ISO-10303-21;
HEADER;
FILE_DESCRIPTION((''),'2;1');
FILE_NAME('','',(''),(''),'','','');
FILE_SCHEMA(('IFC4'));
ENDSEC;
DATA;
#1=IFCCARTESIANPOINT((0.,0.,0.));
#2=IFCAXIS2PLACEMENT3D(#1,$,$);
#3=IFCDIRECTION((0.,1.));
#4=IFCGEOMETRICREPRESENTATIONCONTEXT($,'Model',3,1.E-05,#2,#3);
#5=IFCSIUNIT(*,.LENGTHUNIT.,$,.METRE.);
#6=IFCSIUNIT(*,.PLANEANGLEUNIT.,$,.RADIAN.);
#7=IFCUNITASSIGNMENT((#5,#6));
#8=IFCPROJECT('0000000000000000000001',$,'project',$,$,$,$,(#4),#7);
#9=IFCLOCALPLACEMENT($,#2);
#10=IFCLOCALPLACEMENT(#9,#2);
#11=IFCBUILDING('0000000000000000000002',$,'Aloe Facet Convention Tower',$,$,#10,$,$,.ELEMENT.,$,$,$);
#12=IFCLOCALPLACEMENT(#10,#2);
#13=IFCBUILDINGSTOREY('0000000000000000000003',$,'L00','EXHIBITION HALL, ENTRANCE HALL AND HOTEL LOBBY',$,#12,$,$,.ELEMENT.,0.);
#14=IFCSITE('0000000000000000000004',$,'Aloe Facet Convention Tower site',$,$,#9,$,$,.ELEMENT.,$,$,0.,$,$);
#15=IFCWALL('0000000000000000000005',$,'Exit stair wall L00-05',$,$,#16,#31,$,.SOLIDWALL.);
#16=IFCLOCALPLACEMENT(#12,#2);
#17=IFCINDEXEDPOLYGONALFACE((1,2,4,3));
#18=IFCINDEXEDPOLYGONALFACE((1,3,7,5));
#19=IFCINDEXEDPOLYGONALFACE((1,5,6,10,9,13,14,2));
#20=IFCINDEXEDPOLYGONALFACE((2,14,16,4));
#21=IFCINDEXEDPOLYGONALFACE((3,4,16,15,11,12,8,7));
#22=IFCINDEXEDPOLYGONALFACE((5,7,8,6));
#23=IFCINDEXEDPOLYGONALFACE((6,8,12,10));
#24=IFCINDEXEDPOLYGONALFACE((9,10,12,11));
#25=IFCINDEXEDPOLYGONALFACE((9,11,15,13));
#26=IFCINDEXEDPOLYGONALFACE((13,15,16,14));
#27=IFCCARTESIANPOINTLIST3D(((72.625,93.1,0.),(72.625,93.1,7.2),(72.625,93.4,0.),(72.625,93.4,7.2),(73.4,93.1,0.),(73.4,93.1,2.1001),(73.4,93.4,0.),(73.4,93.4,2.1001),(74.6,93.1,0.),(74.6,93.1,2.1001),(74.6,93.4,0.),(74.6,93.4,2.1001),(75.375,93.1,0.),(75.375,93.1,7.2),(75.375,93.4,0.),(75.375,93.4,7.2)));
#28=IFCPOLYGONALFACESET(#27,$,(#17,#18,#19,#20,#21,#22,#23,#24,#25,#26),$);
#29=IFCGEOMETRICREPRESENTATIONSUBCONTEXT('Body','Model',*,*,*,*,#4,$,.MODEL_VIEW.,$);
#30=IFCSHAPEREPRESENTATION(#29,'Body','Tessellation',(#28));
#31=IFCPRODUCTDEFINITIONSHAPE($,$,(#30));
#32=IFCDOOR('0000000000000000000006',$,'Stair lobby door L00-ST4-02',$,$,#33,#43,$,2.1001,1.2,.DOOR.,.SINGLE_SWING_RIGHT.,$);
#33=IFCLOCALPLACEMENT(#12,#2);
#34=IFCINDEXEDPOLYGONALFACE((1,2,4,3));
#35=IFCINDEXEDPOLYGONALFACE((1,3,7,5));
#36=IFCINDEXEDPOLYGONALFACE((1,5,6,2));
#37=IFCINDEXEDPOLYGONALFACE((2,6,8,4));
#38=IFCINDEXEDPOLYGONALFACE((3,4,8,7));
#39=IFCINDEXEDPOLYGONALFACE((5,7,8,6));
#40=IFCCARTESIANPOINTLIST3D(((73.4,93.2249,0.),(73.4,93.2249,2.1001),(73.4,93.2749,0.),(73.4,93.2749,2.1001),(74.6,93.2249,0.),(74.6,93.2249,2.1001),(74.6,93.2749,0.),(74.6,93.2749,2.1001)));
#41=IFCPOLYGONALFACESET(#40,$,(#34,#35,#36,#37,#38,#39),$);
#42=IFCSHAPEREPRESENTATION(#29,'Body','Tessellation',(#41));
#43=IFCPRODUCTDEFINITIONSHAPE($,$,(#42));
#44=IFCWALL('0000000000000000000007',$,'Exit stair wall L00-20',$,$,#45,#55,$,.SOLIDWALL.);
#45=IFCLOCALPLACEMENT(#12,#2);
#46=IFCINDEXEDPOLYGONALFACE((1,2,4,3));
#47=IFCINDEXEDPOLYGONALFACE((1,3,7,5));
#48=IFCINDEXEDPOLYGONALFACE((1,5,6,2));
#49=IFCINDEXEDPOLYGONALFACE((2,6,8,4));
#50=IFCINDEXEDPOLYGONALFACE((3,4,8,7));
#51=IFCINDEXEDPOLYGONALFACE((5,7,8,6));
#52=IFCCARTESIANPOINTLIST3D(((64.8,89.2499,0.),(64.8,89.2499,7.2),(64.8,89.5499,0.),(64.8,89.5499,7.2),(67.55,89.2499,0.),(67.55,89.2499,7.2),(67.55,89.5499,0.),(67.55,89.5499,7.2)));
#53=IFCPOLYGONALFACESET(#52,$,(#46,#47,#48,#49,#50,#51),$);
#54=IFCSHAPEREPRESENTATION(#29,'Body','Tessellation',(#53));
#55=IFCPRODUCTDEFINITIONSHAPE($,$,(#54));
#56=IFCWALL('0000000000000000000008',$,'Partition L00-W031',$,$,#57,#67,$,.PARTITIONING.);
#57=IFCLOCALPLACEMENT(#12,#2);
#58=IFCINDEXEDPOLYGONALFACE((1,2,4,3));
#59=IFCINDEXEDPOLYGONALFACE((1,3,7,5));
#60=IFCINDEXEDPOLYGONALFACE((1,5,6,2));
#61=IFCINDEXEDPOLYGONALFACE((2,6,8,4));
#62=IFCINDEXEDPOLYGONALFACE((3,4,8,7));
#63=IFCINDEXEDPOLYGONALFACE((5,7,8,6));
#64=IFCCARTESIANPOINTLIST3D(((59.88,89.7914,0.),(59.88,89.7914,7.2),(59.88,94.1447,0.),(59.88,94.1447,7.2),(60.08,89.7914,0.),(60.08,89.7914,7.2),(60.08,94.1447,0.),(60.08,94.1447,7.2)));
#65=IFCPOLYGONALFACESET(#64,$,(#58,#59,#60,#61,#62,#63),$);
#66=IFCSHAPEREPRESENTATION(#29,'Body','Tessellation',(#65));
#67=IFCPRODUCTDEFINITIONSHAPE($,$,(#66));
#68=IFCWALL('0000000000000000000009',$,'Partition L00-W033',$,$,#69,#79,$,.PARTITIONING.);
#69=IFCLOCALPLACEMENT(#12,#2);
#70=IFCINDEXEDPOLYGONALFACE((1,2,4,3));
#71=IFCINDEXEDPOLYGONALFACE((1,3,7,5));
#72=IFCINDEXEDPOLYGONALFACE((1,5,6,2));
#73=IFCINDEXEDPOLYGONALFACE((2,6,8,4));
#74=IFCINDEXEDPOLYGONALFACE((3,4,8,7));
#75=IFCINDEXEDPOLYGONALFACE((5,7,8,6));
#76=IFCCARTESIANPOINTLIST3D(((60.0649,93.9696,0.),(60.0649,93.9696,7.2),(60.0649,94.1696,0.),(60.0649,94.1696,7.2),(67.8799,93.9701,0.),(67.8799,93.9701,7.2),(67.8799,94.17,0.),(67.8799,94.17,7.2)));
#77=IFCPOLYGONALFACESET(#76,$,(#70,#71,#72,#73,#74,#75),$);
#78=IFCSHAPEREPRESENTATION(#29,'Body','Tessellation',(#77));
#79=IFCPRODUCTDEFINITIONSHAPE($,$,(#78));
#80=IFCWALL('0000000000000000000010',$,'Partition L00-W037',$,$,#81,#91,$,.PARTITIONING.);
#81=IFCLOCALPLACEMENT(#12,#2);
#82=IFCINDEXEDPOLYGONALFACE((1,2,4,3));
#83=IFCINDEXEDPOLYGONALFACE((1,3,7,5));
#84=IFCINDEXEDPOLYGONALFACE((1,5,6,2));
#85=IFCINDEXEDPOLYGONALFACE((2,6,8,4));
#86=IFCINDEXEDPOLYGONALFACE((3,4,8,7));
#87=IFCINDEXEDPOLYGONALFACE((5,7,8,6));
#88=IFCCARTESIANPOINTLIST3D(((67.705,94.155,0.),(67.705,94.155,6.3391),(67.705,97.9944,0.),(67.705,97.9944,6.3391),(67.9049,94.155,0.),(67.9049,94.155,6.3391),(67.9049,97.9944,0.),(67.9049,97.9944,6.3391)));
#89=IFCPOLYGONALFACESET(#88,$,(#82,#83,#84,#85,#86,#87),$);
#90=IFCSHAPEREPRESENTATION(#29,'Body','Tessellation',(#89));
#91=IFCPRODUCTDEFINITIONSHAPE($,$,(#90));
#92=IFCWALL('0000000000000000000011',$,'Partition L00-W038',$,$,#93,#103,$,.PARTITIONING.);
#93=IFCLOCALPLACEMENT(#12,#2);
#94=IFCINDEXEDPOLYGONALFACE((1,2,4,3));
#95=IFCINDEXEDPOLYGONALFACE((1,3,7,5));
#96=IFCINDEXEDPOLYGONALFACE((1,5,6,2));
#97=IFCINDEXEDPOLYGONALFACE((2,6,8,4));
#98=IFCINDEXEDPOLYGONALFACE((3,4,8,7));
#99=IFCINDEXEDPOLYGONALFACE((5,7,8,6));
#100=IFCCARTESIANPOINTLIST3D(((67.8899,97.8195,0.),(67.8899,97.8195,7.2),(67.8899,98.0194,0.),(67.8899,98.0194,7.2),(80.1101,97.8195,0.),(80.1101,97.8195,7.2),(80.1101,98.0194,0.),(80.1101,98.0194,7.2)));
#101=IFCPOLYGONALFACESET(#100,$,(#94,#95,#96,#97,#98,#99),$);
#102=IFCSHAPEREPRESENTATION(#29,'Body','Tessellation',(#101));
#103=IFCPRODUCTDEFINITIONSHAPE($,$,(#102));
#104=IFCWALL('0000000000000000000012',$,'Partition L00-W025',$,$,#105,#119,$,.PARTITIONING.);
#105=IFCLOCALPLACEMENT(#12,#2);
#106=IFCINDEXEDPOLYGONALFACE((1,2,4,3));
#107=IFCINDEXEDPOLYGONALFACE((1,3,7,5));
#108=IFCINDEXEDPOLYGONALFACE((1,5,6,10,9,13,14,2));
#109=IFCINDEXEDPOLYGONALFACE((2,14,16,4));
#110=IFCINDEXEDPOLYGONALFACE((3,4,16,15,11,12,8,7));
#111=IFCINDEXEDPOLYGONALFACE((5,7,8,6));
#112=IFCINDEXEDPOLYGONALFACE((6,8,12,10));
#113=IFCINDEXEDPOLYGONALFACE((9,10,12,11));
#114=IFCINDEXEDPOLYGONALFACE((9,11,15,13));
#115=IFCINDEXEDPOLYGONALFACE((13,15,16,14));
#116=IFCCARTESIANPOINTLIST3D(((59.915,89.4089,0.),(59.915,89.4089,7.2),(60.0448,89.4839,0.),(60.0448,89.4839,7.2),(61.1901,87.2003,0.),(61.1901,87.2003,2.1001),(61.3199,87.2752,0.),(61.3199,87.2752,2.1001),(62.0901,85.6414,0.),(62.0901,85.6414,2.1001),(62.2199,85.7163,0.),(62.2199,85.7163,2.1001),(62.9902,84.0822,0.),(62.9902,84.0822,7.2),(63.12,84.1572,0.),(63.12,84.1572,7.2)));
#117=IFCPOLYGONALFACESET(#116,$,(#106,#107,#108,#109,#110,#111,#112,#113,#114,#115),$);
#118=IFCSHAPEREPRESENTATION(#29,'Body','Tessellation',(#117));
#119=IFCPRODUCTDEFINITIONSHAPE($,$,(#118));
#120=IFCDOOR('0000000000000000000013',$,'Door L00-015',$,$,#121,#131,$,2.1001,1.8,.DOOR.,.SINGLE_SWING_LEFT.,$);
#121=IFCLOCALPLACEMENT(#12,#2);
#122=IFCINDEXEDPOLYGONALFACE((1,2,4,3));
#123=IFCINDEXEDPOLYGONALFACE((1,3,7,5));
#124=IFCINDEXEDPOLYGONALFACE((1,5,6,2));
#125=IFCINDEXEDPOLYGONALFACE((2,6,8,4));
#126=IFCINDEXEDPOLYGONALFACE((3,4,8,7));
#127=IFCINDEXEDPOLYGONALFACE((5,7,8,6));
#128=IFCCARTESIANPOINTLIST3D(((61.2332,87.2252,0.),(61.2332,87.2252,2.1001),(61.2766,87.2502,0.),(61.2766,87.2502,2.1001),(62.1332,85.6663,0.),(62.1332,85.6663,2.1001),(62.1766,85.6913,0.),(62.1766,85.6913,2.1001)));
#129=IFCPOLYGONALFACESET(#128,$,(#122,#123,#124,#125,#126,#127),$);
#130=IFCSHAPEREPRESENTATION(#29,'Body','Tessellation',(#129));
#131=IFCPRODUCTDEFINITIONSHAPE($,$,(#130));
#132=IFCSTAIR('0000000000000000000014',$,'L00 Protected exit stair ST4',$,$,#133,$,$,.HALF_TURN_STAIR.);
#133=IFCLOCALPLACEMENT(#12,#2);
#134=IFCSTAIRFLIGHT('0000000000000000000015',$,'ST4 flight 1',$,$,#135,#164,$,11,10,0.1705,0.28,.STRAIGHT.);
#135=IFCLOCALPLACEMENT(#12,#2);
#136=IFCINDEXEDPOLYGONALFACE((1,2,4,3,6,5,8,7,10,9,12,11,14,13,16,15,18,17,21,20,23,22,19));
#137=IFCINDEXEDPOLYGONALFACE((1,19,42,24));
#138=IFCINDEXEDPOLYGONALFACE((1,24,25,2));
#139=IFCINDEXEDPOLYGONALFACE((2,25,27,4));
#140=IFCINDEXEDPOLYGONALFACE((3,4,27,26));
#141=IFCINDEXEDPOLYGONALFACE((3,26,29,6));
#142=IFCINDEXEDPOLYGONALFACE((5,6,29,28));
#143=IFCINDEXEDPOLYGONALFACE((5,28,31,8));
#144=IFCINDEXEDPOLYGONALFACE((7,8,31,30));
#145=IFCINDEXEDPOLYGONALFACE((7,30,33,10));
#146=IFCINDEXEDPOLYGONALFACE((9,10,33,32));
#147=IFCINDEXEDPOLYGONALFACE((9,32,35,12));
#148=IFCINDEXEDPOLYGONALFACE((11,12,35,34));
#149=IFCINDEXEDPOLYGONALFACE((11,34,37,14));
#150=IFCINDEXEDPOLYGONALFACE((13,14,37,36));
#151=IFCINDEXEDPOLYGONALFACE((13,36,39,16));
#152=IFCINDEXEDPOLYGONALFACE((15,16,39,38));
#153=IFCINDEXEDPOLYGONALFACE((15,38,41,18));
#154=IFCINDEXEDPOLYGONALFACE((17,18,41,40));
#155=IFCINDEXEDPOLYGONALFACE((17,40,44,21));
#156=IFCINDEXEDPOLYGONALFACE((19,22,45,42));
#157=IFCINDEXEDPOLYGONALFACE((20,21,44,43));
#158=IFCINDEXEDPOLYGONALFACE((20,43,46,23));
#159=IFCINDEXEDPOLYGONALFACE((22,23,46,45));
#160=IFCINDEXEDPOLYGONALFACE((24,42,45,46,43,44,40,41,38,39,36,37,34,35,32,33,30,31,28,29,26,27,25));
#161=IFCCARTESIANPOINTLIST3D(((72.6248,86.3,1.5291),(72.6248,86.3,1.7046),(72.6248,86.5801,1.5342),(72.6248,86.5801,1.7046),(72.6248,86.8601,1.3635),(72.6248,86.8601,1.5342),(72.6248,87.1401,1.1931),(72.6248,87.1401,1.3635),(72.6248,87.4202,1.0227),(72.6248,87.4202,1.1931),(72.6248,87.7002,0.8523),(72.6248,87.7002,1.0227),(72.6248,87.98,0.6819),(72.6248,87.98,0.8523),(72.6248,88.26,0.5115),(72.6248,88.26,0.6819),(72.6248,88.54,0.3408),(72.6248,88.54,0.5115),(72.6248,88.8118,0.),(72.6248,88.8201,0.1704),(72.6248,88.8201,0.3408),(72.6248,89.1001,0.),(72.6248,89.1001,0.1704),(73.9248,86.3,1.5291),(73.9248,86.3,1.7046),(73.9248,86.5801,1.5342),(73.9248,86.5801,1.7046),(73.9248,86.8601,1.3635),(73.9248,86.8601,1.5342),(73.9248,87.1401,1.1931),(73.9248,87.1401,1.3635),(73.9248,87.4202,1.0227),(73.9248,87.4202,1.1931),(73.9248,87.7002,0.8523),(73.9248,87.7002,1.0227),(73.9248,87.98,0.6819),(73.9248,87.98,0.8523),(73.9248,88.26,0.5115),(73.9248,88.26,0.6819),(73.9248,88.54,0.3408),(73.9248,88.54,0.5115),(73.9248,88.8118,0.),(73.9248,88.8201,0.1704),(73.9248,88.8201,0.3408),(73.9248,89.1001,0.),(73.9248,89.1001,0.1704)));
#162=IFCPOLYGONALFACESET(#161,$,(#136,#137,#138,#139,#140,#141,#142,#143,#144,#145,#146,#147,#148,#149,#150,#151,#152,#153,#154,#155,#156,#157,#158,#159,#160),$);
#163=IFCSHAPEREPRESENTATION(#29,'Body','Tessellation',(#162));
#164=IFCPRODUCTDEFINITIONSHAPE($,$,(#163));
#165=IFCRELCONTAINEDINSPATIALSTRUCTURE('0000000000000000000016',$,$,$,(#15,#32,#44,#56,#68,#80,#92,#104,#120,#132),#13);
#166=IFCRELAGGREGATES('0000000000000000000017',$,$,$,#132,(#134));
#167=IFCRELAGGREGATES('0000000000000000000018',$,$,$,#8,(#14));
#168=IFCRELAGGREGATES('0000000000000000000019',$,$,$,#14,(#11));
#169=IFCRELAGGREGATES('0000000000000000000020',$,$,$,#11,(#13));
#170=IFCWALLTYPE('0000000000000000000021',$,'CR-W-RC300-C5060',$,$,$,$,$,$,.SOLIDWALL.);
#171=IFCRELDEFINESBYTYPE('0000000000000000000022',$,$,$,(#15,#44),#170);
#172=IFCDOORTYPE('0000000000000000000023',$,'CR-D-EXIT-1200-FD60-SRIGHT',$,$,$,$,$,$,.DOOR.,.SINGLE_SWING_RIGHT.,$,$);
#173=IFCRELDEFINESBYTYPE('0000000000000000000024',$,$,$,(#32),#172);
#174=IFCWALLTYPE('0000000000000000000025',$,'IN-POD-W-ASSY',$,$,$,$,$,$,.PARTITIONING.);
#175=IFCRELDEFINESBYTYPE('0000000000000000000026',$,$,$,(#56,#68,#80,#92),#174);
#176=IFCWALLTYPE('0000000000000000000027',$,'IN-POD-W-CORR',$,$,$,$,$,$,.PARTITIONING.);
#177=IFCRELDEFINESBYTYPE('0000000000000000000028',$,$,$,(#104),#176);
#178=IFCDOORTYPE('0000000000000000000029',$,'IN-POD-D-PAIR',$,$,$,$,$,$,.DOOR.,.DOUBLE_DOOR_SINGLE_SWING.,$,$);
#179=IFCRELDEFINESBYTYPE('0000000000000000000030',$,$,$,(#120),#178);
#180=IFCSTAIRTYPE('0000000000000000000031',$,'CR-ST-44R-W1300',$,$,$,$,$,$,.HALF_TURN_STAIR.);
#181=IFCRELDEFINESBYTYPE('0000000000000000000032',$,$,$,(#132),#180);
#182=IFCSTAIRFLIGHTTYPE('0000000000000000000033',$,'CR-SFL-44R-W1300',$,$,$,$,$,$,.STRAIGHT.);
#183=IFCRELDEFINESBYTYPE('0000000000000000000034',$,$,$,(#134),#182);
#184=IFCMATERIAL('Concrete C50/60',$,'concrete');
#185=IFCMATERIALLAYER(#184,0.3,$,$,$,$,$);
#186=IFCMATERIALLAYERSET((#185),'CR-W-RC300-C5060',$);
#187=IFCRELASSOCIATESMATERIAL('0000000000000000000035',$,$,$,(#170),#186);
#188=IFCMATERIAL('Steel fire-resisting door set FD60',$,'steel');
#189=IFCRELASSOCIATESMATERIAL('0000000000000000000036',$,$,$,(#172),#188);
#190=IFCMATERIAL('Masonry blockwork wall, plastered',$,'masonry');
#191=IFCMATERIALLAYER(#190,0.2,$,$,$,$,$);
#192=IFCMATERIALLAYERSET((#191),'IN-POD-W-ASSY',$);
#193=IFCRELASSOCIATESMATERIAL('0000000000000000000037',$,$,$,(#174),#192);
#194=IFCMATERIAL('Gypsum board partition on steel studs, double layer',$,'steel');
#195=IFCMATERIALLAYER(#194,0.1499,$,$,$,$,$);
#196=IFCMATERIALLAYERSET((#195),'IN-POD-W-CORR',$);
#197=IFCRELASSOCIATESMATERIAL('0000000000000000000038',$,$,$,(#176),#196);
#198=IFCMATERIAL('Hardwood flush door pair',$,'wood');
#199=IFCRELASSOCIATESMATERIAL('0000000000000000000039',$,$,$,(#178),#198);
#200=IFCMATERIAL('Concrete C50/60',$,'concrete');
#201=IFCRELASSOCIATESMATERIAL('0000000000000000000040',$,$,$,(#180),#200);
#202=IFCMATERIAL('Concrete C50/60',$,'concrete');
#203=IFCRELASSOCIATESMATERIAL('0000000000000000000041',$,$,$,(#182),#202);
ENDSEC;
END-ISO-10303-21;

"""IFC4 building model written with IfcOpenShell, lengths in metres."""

from ifc_helpers import new_model, si_unit, direction, frame, frame_2d, origin, place, context, subcontext, project, spatial, polyline, rectangle, outline, extrude, material, layer, layer_set, type_object, element, fill, aggregate, save


model = new_model("IFC4")

# Units and contexts
model_context = context("Model", 3, precision=1e-05, world=origin(), true_north=direction((0.0, 1.0)))
body_context = subcontext(model_context, "Body", "Model", "MODEL_VIEW")
ifc_project = project(units=[si_unit("LENGTHUNIT", "METRE"), si_unit("PLANEANGLEUNIT", "RADIAN")], contexts=[model_context])

# Site, building, storey
site_placement = place(None, origin())
site = spatial("IfcSite", under=ifc_project, at=site_placement, Name="Aloe Facet Convention Tower site", CompositionType="ELEMENT", RefElevation=0.0)
building_placement = place(site_placement, origin())
building = spatial("IfcBuilding", under=site, at=building_placement, Name="Aloe Facet Convention Tower", CompositionType="ELEMENT")
storey_placement = place(building_placement, origin())
storey = spatial("IfcBuildingStorey", under=building, at=storey_placement, Name="L00", Description="EXHIBITION HALL, ENTRANCE HALL AND HOTEL LOBBY", CompositionType="ELEMENT", Elevation=0.0)

# Wall, opening, door
ifc_material_1 = material(Name="Concrete C50/60", Category="concrete")
ifc_layer_1 = layer(ifc_material_1, 0.3)
ifc_layer_set_1 = layer_set([ifc_layer_1], Name="CR-W-RC300-C5060")
wall_type_1 = type_object("IfcWallType", Name="CR-W-RC300-C5060", PredefinedType="SOLIDWALL", material=ifc_layer_set_1)
wall_1_placement = place(storey_placement, frame((72.625, 93.25, 0.0), z_axis=(0.0, 0.0, 1.0), x_axis=(1.0, 0.0, 0.0)))
wall_1 = element("IfcWall", 1, at=wall_1_placement, inside=storey, type_object=wall_type_1, Name="Exit stair wall L00-05", PredefinedType="SOLIDWALL", context=body_context, shape_type="SweptSolid", body=[
    extrude(rectangle(XDim=2.75, YDim=0.3, at=frame_2d((1.375, 0.0))), origin(), (0.0, 0.0, 1.0), 7.2),
])
opening_1_placement = place(wall_1_placement, frame((0.7749, 0.0, 0.0)))
opening_1 = element("IfcOpeningElement", 2, at=opening_1_placement, cuts=wall_1, PredefinedType="OPENING", context=body_context, shape_type="SweptSolid", body=[
    extrude(rectangle(XDim=1.2, YDim=2.1001, at=frame_2d((0.6001, 1.05))), frame((0.0, 0.1602, 0.0), z_axis=(0.0, -1.0, 0.0), x_axis=(1.0, 0.0, 0.0)), (0.0, 0.0, 1.0), 0.3201),
])
ifc_material_2 = material(Name="Steel fire-resisting door set FD60", Category="steel")
door_type_1 = type_object("IfcDoorType", Name="CR-D-EXIT-1200-FD60-SRIGHT", OperationType="SINGLE_SWING_RIGHT", PredefinedType="DOOR", material=ifc_material_2)
door_1_placement = place(opening_1_placement, origin())
door_1 = element("IfcDoor", 3, at=door_1_placement, inside=storey, type_object=door_type_1, Name="Stair lobby door L00-ST4-02", OperationType="SINGLE_SWING_RIGHT", OverallHeight=2.1001, OverallWidth=1.2, PredefinedType="DOOR", context=body_context, shape_type="SweptSolid", body=[
    extrude(rectangle(XDim=1.2, YDim=2.1001, at=frame_2d((0.6001, 1.05))), frame((0.0, 0.0249, 0.0), z_axis=(0.0, -1.0, 0.0), x_axis=(1.0, 0.0, 0.0)), (0.0, 0.0, 1.0), 0.05),
])
fill(opening_1, door_1)

# Walls
wall_2_placement = place(storey_placement, frame((64.8, 89.3999, 0.0), z_axis=(0.0, 0.0, 1.0), x_axis=(1.0, 0.0, 0.0)))
element("IfcWall", 4, at=wall_2_placement, inside=storey, type_object=wall_type_1, Name="Exit stair wall L00-20", PredefinedType="SOLIDWALL", context=body_context, shape_type="SweptSolid", body=[
    extrude(rectangle(XDim=2.75, YDim=0.3, at=frame_2d((1.375, 0.0))), origin(), (0.0, 0.0, 1.0), 7.2),
])
ifc_material_3 = material(Name="Masonry blockwork wall, plastered", Category="masonry")
ifc_layer_2 = layer(ifc_material_3, 0.2)
ifc_layer_set_2 = layer_set([ifc_layer_2], Name="IN-POD-W-ASSY")
wall_type_2 = type_object("IfcWallType", Name="IN-POD-W-ASSY", PredefinedType="PARTITIONING", material=ifc_layer_set_2)
wall_3_placement = place(storey_placement, frame((59.98, 89.7913, 0.0), z_axis=(0.0, 0.0, 1.0), x_axis=(0.0, 1.0, 0.0)))
element("IfcWall", 5, at=wall_3_placement, inside=storey, type_object=wall_type_2, Name="Partition L00-W031", PredefinedType="PARTITIONING", context=body_context, shape_type="SweptSolid", body=[
    extrude(rectangle(XDim=4.3533, YDim=0.2, at=frame_2d((2.1768, 0.0))), origin(), (0.0, 0.0, 1.0), 7.2),
])
wall_4_placement = place(storey_placement, frame((60.0649, 94.0696, 0.0), z_axis=(0.0, 0.0, 1.0), x_axis=(1.0, 0.000062, 0.0)))
element("IfcWall", 6, at=wall_4_placement, inside=storey, type_object=wall_type_2, Name="Partition L00-W033", PredefinedType="PARTITIONING", context=body_context, shape_type="SweptSolid", body=[
    extrude(rectangle(XDim=7.8149, YDim=0.2, at=frame_2d((3.9075, 0.0))), origin(), (0.0, 0.0, 1.0), 7.2),
])
wall_5_placement = place(storey_placement, frame((67.8049, 94.155, 0.0), z_axis=(0.0, 0.0, 1.0), x_axis=(0.0, 1.0, 0.0)))
element("IfcWall", 7, at=wall_5_placement, inside=storey, type_object=wall_type_2, Name="Partition L00-W037", PredefinedType="PARTITIONING", context=body_context, shape_type="SweptSolid", body=[
    extrude(rectangle(XDim=3.8394, YDim=0.2, at=frame_2d((1.9197, 0.0))), origin(), (0.0, 0.0, 1.0), 6.3391),
])
wall_6_placement = place(storey_placement, frame((67.8899, 97.9194, 0.0), z_axis=(0.0, 0.0, 1.0), x_axis=(1.0, 0.0, 0.0)))
element("IfcWall", 8, at=wall_6_placement, inside=storey, type_object=wall_type_2, Name="Partition L00-W038", PredefinedType="PARTITIONING", context=body_context, shape_type="SweptSolid", body=[
    extrude(rectangle(XDim=12.2202, YDim=0.2, at=frame_2d((6.1101, 0.0))), origin(), (0.0, 0.0, 1.0), 7.2),
])

# Wall, opening, door
ifc_material_4 = material(Name="Gypsum board partition on steel studs, double layer", Category="steel")
ifc_layer_3 = layer(ifc_material_4, 0.1499)
ifc_layer_set_3 = layer_set([ifc_layer_3], Name="IN-POD-W-CORR")
wall_type_3 = type_object("IfcWallType", Name="IN-POD-W-CORR", PredefinedType="PARTITIONING", material=ifc_layer_set_3)
wall_7_placement = place(storey_placement, frame((59.98, 89.4463, 0.0), z_axis=(0.0, 0.0, 1.0), x_axis=(0.499981, -0.866036, 0.0)))
wall_7 = element("IfcWall", 9, at=wall_7_placement, inside=storey, type_object=wall_type_3, Name="Partition L00-W025", PredefinedType="PARTITIONING", context=body_context, shape_type="SweptSolid", body=[
    extrude(rectangle(XDim=6.1506, YDim=0.1499, at=frame_2d((3.0752, 0.0))), origin(), (0.0, 0.0, 1.0), 7.2),
])
opening_2_placement = place(wall_7_placement, frame((2.5503, 0.0, 0.0)))
opening_2 = element("IfcOpeningElement", 10, at=opening_2_placement, cuts=wall_7, PredefinedType="OPENING", context=body_context, shape_type="SweptSolid", body=[
    extrude(rectangle(XDim=1.8, YDim=2.1001, at=frame_2d((0.8999, 1.05))), frame((0.0, 0.085, 0.0), z_axis=(0.0, -1.0, 0.0), x_axis=(1.0, 0.0, 0.0)), (0.0, 0.0, 1.0), 0.1699),
])
ifc_material_5 = material(Name="Hardwood flush door pair", Category="wood")
door_type_2 = type_object("IfcDoorType", Name="IN-POD-D-PAIR", OperationType="DOUBLE_DOOR_SINGLE_SWING", PredefinedType="DOOR", material=ifc_material_5)
door_2_placement = place(opening_2_placement, origin())
door_2 = element("IfcDoor", 11, at=door_2_placement, inside=storey, type_object=door_type_2, Name="Door L00-015", OperationType="SINGLE_SWING_LEFT", OverallHeight=2.1001, OverallWidth=1.8, PredefinedType="DOOR", context=body_context, shape_type="SweptSolid", body=[
    extrude(rectangle(XDim=1.8, YDim=2.1001, at=frame_2d((0.8999, 1.05))), frame((0.0, 0.0249, 0.0), z_axis=(0.0, -1.0, 0.0), x_axis=(1.0, 0.0, 0.0)), (0.0, 0.0, 1.0), 0.05),
])
fill(opening_2, door_2)

# Stair, stair flight
ifc_material_6 = material(Name="Concrete C50/60", Category="concrete")
stair_type = type_object("IfcStairType", Name="CR-ST-44R-W1300", PredefinedType="HALF_TURN_STAIR", material=ifc_material_6)
stair_placement = place(storey_placement, origin())
stair = element("IfcStair", 12, at=stair_placement, inside=storey, type_object=stair_type, Name="L00 Protected exit stair ST4", PredefinedType="HALF_TURN_STAIR")
ifc_material_7 = material(Name="Concrete C50/60", Category="concrete")
stair_flight_type = type_object("IfcStairFlightType", Name="CR-SFL-44R-W1300", PredefinedType="STRAIGHT", material=ifc_material_7)
stair_flight_1_placement = place(storey_placement, frame((73.2749, 89.1001, 0.0), z_axis=(0.0, 0.0, 1.0), x_axis=(0.0, -1.0, 0.0)))
stair_flight_1 = element("IfcStairFlight", 13, at=stair_flight_1_placement, type_object=stair_flight_type, Name="ST4 flight 1", NumberOfRisers=11, NumberOfTreads=10, PredefinedType="STRAIGHT", RiserHeight=0.1705, TreadLength=0.28, context=body_context, shape_type="SweptSolid", body=[
    extrude(outline(polyline([(0.0, 0.0), (0.0, 0.1704), (0.28, 0.1704), (0.28, 0.3408), (0.5601, 0.3408), (0.5601, 0.5115), (0.8401, 0.5115), (0.8401, 0.6819), (1.1201, 0.6819), (1.1201, 0.8523), (1.3999, 0.8523), (1.3999, 1.0227), (1.6799, 1.0227), (1.6799, 1.1931), (1.96, 1.1931), (1.96, 1.3635), (2.24, 1.3635), (2.24, 1.5342), (2.52, 1.5342), (2.52, 1.7046), (2.8, 1.7046), (2.8, 1.875), (2.8, 1.5291), (0.2883, 0.0), (0.0, 0.0)])), frame((0.0, 0.6499, 0.0), z_axis=(0.0, -1.0, 0.0), x_axis=(1.0, 0.0, 0.0)), (0.0, 0.0, 1.0), 1.3),
])
aggregate(stair, [stair_flight_1])

save(model, "model.ifc")
